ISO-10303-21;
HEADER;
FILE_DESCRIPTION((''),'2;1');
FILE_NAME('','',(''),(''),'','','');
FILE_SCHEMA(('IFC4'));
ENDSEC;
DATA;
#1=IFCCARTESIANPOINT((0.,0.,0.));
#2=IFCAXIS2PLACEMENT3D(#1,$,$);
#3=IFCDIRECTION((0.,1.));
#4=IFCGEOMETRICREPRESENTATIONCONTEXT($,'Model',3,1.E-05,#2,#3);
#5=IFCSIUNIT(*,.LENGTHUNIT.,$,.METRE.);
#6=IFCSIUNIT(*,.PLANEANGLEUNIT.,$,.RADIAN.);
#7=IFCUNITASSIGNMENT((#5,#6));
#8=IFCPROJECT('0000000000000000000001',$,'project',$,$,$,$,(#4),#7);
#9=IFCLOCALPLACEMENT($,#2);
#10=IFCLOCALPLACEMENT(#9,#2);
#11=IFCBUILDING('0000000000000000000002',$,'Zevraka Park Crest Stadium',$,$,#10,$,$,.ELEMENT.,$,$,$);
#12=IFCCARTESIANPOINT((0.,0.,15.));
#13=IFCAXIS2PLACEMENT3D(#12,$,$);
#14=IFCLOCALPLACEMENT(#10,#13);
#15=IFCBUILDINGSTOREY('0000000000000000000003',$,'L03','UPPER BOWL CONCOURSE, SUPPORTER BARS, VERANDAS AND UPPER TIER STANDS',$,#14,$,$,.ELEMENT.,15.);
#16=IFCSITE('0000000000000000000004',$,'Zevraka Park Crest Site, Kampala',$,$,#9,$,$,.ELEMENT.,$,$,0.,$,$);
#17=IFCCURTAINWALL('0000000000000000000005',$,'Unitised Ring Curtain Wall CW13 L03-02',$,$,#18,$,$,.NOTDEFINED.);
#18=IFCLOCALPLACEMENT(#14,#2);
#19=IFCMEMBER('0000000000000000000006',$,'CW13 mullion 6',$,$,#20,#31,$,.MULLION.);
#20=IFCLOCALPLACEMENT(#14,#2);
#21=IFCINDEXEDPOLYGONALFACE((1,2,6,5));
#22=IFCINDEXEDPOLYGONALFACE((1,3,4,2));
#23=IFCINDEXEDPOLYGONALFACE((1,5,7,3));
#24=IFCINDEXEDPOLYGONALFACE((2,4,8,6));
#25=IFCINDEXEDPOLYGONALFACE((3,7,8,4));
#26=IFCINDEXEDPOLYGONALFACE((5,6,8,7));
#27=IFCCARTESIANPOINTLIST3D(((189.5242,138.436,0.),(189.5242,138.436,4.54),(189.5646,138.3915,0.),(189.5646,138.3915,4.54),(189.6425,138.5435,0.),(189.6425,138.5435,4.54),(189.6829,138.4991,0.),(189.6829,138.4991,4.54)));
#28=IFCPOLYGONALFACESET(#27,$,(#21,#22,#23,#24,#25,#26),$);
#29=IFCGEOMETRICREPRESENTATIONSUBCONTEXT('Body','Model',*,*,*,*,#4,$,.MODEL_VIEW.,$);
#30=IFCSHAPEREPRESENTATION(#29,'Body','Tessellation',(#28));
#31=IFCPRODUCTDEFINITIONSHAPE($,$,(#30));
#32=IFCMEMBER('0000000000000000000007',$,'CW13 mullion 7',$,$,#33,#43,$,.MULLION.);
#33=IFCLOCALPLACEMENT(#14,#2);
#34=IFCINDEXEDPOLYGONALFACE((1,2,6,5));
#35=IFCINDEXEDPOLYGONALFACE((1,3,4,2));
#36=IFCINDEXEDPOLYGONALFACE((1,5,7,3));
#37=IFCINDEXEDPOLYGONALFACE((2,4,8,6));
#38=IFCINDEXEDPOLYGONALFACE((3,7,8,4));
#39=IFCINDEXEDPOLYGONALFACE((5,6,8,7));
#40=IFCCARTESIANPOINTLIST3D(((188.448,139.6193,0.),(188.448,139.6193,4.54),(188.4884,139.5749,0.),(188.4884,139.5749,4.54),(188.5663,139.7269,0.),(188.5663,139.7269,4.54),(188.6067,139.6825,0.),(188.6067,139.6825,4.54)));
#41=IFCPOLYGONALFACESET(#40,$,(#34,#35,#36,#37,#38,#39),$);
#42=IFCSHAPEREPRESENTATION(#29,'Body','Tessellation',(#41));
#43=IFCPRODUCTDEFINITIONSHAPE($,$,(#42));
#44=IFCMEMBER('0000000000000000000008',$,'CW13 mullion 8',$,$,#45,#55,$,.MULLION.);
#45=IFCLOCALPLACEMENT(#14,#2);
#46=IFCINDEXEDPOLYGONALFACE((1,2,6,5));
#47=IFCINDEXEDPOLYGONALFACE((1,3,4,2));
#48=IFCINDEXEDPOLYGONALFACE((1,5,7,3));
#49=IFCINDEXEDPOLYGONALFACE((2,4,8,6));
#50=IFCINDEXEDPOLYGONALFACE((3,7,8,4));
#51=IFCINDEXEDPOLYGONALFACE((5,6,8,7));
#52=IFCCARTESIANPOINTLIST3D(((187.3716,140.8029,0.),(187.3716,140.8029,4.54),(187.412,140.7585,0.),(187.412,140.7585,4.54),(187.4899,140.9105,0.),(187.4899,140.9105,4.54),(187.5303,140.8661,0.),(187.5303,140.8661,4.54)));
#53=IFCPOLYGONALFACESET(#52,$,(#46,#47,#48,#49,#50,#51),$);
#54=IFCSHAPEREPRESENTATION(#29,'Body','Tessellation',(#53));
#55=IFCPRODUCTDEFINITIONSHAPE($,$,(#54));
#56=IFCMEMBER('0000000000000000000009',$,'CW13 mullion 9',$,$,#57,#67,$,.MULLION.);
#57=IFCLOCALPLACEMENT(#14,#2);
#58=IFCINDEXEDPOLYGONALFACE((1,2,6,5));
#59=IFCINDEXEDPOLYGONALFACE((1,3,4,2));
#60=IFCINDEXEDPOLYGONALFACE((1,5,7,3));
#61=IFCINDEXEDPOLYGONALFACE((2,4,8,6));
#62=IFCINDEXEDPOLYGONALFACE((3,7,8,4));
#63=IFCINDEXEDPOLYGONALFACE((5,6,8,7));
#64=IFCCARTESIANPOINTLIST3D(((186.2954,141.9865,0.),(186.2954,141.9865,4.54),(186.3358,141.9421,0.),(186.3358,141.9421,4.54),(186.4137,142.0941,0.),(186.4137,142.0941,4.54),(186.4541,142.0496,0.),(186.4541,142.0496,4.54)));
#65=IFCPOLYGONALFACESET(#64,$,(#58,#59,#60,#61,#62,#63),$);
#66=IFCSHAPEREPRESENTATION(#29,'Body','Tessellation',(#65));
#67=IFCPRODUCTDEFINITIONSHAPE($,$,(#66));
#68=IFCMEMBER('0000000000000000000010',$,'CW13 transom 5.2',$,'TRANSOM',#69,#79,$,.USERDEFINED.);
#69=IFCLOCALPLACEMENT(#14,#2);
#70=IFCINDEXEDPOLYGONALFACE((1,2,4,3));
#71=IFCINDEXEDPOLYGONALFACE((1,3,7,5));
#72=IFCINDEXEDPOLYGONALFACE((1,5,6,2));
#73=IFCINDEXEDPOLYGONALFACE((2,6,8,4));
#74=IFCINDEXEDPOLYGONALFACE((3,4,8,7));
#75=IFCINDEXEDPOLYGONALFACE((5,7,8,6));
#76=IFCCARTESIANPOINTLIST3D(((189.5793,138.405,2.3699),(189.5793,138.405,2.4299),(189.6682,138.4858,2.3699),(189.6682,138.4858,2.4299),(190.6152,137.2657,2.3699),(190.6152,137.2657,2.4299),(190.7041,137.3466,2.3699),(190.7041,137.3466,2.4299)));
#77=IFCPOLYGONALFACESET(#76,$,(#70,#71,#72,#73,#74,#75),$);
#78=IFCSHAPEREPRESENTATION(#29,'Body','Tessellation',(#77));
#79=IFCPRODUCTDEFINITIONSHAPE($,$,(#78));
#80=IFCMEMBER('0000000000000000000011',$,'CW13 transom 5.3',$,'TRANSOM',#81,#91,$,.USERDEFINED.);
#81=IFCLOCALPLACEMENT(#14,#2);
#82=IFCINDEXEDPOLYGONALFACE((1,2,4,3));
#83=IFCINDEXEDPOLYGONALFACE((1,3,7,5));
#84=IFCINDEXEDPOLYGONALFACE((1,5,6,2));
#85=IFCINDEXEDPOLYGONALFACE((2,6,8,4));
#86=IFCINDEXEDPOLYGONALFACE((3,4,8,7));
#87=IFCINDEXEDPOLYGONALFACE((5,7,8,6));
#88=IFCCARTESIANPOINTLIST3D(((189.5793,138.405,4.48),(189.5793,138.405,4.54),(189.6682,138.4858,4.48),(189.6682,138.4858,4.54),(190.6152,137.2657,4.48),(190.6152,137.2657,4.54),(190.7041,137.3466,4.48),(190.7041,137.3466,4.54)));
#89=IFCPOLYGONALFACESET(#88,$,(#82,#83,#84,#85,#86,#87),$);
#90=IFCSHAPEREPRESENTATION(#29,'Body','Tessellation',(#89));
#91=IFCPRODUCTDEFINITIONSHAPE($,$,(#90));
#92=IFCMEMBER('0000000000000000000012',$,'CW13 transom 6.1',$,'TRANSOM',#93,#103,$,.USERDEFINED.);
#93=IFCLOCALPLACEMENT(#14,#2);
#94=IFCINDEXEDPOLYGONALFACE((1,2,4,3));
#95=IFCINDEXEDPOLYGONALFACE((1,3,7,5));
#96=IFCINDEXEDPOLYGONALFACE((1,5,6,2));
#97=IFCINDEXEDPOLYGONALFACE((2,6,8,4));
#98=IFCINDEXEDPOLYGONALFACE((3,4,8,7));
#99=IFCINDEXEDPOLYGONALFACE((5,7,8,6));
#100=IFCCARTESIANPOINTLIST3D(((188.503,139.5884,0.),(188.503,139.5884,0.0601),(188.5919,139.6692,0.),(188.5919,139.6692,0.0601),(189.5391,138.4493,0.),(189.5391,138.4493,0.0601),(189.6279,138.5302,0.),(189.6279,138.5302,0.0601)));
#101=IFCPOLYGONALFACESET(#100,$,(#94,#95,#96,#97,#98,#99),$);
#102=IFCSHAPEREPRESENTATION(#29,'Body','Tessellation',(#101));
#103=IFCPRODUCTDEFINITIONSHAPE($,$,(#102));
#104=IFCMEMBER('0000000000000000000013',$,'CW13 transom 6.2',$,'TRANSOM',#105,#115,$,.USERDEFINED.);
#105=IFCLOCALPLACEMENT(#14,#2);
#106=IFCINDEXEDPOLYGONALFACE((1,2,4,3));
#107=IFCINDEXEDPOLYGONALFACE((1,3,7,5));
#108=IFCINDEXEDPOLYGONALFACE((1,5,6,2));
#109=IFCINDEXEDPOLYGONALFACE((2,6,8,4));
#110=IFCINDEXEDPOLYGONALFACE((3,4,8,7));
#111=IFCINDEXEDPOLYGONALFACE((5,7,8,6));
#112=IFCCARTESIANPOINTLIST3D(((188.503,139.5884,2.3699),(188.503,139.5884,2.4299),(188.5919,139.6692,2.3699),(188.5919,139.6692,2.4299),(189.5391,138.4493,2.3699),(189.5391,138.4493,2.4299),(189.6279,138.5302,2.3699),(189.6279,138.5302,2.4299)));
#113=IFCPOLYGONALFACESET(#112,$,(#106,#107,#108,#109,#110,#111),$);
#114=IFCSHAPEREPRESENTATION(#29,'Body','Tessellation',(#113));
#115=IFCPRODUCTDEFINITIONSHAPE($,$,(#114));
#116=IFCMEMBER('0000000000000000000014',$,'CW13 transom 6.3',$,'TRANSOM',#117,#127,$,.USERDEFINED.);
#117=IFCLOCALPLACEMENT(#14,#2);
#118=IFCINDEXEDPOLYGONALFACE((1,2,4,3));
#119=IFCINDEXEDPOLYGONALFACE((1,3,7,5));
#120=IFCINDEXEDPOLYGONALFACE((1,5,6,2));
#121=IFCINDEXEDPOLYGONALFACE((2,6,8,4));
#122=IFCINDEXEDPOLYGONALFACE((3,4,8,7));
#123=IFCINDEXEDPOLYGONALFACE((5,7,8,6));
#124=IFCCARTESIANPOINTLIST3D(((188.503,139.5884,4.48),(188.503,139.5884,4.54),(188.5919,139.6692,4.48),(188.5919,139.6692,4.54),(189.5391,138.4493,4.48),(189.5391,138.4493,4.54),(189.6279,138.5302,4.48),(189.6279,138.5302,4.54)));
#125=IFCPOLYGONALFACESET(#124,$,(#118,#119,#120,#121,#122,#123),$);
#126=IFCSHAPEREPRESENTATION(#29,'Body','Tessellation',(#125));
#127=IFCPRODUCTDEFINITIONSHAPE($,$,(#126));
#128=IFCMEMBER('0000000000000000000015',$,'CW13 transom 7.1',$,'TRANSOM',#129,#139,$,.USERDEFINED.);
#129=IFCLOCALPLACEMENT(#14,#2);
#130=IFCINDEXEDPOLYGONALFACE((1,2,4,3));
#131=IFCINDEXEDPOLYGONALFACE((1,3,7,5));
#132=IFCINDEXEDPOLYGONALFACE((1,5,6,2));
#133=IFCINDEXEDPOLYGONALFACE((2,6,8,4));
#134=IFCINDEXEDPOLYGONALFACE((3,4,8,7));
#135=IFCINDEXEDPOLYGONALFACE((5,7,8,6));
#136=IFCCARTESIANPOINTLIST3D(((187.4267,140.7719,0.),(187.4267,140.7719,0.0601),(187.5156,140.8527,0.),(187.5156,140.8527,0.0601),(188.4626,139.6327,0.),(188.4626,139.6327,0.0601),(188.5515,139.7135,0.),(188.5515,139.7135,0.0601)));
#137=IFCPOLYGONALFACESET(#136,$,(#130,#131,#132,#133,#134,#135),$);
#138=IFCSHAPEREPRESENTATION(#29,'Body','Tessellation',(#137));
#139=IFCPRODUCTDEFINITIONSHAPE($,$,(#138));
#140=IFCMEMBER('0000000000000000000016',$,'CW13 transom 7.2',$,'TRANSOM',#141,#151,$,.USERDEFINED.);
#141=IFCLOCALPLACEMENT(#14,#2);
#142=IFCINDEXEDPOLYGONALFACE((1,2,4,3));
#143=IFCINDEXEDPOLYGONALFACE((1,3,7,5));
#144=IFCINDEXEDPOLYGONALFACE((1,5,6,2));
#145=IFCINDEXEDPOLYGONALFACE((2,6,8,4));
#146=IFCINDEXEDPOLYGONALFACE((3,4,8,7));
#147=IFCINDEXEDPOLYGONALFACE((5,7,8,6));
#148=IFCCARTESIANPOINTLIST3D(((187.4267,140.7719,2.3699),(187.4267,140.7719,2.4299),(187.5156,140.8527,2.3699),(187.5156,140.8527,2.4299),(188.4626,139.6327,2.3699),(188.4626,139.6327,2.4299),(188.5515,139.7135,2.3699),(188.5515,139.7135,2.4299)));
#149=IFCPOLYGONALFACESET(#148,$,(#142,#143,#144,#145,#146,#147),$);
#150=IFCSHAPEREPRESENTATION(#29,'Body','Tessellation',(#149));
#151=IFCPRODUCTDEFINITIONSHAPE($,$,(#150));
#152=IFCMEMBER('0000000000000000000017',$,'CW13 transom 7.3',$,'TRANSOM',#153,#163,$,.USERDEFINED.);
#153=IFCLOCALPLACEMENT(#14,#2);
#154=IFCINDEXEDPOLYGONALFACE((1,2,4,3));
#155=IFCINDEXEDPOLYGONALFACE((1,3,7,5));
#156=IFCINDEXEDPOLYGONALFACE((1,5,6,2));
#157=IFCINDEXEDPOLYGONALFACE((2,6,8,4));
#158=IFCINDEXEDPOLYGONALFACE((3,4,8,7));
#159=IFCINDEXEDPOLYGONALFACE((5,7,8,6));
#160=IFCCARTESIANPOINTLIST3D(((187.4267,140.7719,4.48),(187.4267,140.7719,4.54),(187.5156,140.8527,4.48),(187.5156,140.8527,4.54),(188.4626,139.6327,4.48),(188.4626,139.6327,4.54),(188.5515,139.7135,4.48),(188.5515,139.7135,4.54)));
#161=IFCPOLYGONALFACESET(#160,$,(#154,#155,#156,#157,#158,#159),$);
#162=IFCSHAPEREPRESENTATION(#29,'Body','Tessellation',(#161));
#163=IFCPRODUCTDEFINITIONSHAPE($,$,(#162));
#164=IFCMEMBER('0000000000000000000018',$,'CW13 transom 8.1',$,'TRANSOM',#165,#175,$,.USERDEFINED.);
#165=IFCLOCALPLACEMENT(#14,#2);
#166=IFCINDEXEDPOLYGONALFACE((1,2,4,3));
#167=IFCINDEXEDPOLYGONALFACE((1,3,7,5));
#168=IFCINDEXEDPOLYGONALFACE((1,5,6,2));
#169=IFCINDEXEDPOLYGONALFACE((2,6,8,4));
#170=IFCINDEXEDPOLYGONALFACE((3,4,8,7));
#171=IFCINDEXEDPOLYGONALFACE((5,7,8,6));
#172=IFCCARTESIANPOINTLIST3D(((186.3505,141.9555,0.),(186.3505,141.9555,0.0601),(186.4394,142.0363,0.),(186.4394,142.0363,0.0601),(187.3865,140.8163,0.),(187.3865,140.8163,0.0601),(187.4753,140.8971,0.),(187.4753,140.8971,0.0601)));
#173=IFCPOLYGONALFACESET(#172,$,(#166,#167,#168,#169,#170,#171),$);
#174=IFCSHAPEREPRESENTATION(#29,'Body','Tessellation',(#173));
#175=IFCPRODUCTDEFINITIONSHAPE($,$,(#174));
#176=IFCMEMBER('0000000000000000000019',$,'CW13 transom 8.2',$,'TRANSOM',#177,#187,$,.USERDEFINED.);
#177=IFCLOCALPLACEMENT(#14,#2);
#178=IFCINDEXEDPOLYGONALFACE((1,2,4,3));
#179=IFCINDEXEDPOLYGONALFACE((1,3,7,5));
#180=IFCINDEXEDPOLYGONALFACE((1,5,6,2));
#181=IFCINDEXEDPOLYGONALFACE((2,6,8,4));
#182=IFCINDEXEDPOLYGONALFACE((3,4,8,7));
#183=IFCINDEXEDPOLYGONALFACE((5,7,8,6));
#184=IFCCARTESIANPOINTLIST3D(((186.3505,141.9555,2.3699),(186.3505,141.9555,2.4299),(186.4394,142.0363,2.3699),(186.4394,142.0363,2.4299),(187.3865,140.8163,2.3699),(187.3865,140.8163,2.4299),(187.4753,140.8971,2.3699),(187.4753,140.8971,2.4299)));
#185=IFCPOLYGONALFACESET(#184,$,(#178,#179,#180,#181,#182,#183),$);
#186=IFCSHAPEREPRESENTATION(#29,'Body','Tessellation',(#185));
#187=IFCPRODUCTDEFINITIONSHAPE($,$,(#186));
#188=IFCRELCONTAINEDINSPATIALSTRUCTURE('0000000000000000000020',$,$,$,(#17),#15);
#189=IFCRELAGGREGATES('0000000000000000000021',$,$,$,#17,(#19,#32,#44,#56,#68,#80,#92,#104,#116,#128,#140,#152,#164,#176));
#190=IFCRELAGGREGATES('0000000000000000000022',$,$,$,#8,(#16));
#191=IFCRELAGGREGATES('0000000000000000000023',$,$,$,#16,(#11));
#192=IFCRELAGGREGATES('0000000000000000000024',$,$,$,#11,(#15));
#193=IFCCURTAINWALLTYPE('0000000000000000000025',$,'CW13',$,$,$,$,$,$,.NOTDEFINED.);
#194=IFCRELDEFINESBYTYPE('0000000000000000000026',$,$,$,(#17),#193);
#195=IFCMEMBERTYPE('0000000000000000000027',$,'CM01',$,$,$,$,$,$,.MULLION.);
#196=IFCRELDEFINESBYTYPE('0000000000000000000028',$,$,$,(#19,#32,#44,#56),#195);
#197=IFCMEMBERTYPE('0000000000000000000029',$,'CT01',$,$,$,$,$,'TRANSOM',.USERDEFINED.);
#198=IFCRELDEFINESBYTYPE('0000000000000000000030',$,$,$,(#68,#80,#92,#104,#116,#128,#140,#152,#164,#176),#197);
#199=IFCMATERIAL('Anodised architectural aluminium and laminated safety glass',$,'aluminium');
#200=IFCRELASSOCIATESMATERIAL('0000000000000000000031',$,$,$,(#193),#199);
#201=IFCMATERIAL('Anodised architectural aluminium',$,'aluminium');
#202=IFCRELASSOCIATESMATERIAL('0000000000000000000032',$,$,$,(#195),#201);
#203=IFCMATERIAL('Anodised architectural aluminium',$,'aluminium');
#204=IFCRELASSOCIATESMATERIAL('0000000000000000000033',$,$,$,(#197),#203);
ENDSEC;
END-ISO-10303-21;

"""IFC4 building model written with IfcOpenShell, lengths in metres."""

from ifc_helpers import new_model, si_unit, direction, frame, origin, origin_2d, place, context, subcontext, project, spatial, rectangle, extrude, material, material_profile, profile_set, type_object, element, aggregate, save


model = new_model("IFC4")

# Units and contexts
model_context = context("Model", 3, precision=1e-05, world=origin(), true_north=direction((0.0, 1.0)))
body_context = subcontext(model_context, "Body", "Model", "MODEL_VIEW")
ifc_project = project(units=[si_unit("LENGTHUNIT", "METRE"), si_unit("PLANEANGLEUNIT", "RADIAN")], contexts=[model_context])

# Site, building, storey
site_placement = place(None, origin())
site = spatial("IfcSite", under=ifc_project, at=site_placement, Name="Zevraka Park Crest Site, Kampala", CompositionType="ELEMENT", RefElevation=0.0)
building_placement = place(site_placement, origin())
building = spatial("IfcBuilding", under=site, at=building_placement, Name="Zevraka Park Crest Stadium", CompositionType="ELEMENT")
storey_placement = place(building_placement, frame((0.0, 0.0, 15.0)))
storey = spatial("IfcBuildingStorey", under=building, at=storey_placement, Name="L03", Description="UPPER BOWL CONCOURSE, SUPPORTER BARS, VERANDAS AND UPPER TIER STANDS", CompositionType="ELEMENT", Elevation=15.0)

# Curtain wall, members
ifc_material_1 = material(Name="Anodised architectural aluminium and laminated safety glass", Category="aluminium")
curtain_wall_type = type_object("IfcCurtainWallType", Name="CW13", PredefinedType="NOTDEFINED", material=ifc_material_1)
curtain_wall_placement = place(storey_placement, origin())
curtain_wall = element("IfcCurtainWall", 1, at=curtain_wall_placement, inside=storey, type_object=curtain_wall_type, Name="Unitised Ring Curtain Wall CW13 L03-02", PredefinedType="NOTDEFINED")
ifc_material_2 = material(Name="Anodised architectural aluminium", Category="aluminium")
ifc_material_profile_1 = material_profile(ifc_material_2, rectangle(XDim=0.1599, YDim=0.0601, at=origin_2d()), Name="ALU MULLION 160x60")
ifc_profile_set_1 = profile_set([ifc_material_profile_1], Name="Anodised architectural aluminium")
member_type_1 = type_object("IfcMemberType", Name="CM01", PredefinedType="MULLION", material=ifc_profile_set_1)
member_1_placement = place(storey_placement, frame((189.6035, 138.4675, 0.0), z_axis=(0.0, 0.0, 1.0), x_axis=(-0.739823, -0.672802, 0.0)))
member_1 = element("IfcMember", 2, at=member_1_placement, type_object=member_type_1, Name="CW13 mullion 6", PredefinedType="MULLION", context=body_context, shape_type="SweptSolid", body=[
    extrude(rectangle(XDim=0.1599, YDim=0.0601, at=origin_2d()), origin(), (0.0, 0.0, 1.0), 4.54),
])
member_2_placement = place(storey_placement, frame((188.5273, 139.6509, 0.0), z_axis=(0.0, 0.0, 1.0), x_axis=(-0.739823, -0.672802, 0.0)))
member_2 = element("IfcMember", 3, at=member_2_placement, type_object=member_type_1, Name="CW13 mullion 7", PredefinedType="MULLION", context=body_context, shape_type="SweptSolid", body=[
    extrude(rectangle(XDim=0.1599, YDim=0.0601, at=origin_2d()), origin(), (0.0, 0.0, 1.0), 4.54),
])
member_3_placement = place(storey_placement, frame((187.4509, 140.8345, 0.0), z_axis=(0.0, 0.0, 1.0), x_axis=(-0.739823, -0.672802, 0.0)))
member_3 = element("IfcMember", 4, at=member_3_placement, type_object=member_type_1, Name="CW13 mullion 8", PredefinedType="MULLION", context=body_context, shape_type="SweptSolid", body=[
    extrude(rectangle(XDim=0.1599, YDim=0.0601, at=origin_2d()), origin(), (0.0, 0.0, 1.0), 4.54),
])
member_4_placement = place(storey_placement, frame((186.3748, 142.0181, 0.0), z_axis=(0.0, 0.0, 1.0), x_axis=(-0.739823, -0.672802, 0.0)))
member_4 = element("IfcMember", 5, at=member_4_placement, type_object=member_type_1, Name="CW13 mullion 9", PredefinedType="MULLION", context=body_context, shape_type="SweptSolid", body=[
    extrude(rectangle(XDim=0.1599, YDim=0.0601, at=origin_2d()), origin(), (0.0, 0.0, 1.0), 4.54),
])
ifc_material_3 = material(Name="Anodised architectural aluminium", Category="aluminium")
ifc_material_profile_2 = material_profile(ifc_material_3, rectangle(XDim=0.1201, YDim=0.0601, at=origin_2d()), Name="ALU TRANSOM 120x60")
ifc_profile_set_2 = profile_set([ifc_material_profile_2], Name="Anodised architectural aluminium")
member_type_2 = type_object("IfcMemberType", Name="CT01", ElementType="TRANSOM", PredefinedType="USERDEFINED", material=ifc_profile_set_2)
member_5_placement = place(storey_placement, frame((190.6597, 137.3062, 2.3999), z_axis=(-0.672775, 0.739847, 0.0), x_axis=(-0.739847, -0.672775, 0.0)))
member_5 = element("IfcMember", 6, at=member_5_placement, type_object=member_type_2, Name="CW13 transom 5.2", ObjectType="TRANSOM", PredefinedType="USERDEFINED", context=body_context, shape_type="SweptSolid", body=[
    extrude(rectangle(XDim=0.1201, YDim=0.0601, at=origin_2d()), origin(), (0.0, 0.0, 1.0), 1.5398),
])
member_6_placement = place(storey_placement, frame((190.6597, 137.3062, 4.51), z_axis=(-0.672775, 0.739847, 0.0), x_axis=(-0.739847, -0.672775, 0.0)))
member_6 = element("IfcMember", 7, at=member_6_placement, type_object=member_type_2, Name="CW13 transom 5.3", ObjectType="TRANSOM", PredefinedType="USERDEFINED", context=body_context, shape_type="SweptSolid", body=[
    extrude(rectangle(XDim=0.1201, YDim=0.0601, at=origin_2d()), origin(), (0.0, 0.0, 1.0), 1.5398),
])
member_7_placement = place(storey_placement, frame((189.5835, 138.4897, 0.03), z_axis=(-0.672862, 0.739768, 0.0), x_axis=(-0.739768, -0.672862, 0.0)))
member_7 = element("IfcMember", 8, at=member_7_placement, type_object=member_type_2, Name="CW13 transom 6.1", ObjectType="TRANSOM", PredefinedType="USERDEFINED", context=body_context, shape_type="SweptSolid", body=[
    extrude(rectangle(XDim=0.1201, YDim=0.0601, at=origin_2d()), origin(), (0.0, 0.0, 1.0), 1.5398),
])
member_8_placement = place(storey_placement, frame((189.5835, 138.4897, 2.3999), z_axis=(-0.672862, 0.739768, 0.0), x_axis=(-0.739768, -0.672862, 0.0)))
member_8 = element("IfcMember", 9, at=member_8_placement, type_object=member_type_2, Name="CW13 transom 6.2", ObjectType="TRANSOM", PredefinedType="USERDEFINED", context=body_context, shape_type="SweptSolid", body=[
    extrude(rectangle(XDim=0.1201, YDim=0.0601, at=origin_2d()), origin(), (0.0, 0.0, 1.0), 1.5398),
])
member_9_placement = place(storey_placement, frame((189.5835, 138.4897, 4.51), z_axis=(-0.672862, 0.739768, 0.0), x_axis=(-0.739768, -0.672862, 0.0)))
member_9 = element("IfcMember", 10, at=member_9_placement, type_object=member_type_2, Name="CW13 transom 6.3", ObjectType="TRANSOM", PredefinedType="USERDEFINED", context=body_context, shape_type="SweptSolid", body=[
    extrude(rectangle(XDim=0.1201, YDim=0.0601, at=origin_2d()), origin(), (0.0, 0.0, 1.0), 1.5398),
])
member_10_placement = place(storey_placement, frame((188.5071, 139.6731, 0.03), z_axis=(-0.672775, 0.739847, 0.0), x_axis=(-0.739847, -0.672775, 0.0)))
member_10 = element("IfcMember", 11, at=member_10_placement, type_object=member_type_2, Name="CW13 transom 7.1", ObjectType="TRANSOM", PredefinedType="USERDEFINED", context=body_context, shape_type="SweptSolid", body=[
    extrude(rectangle(XDim=0.1201, YDim=0.0601, at=origin_2d()), origin(), (0.0, 0.0, 1.0), 1.5398),
])
member_11_placement = place(storey_placement, frame((188.5071, 139.6731, 2.3999), z_axis=(-0.672775, 0.739847, 0.0), x_axis=(-0.739847, -0.672775, 0.0)))
member_11 = element("IfcMember", 12, at=member_11_placement, type_object=member_type_2, Name="CW13 transom 7.2", ObjectType="TRANSOM", PredefinedType="USERDEFINED", context=body_context, shape_type="SweptSolid", body=[
    extrude(rectangle(XDim=0.1201, YDim=0.0601, at=origin_2d()), origin(), (0.0, 0.0, 1.0), 1.5398),
])
member_12_placement = place(storey_placement, frame((188.5071, 139.6731, 4.51), z_axis=(-0.672775, 0.739847, 0.0), x_axis=(-0.739847, -0.672775, 0.0)))
member_12 = element("IfcMember", 13, at=member_12_placement, type_object=member_type_2, Name="CW13 transom 7.3", ObjectType="TRANSOM", PredefinedType="USERDEFINED", context=body_context, shape_type="SweptSolid", body=[
    extrude(rectangle(XDim=0.1201, YDim=0.0601, at=origin_2d()), origin(), (0.0, 0.0, 1.0), 1.5398),
])
member_13_placement = place(storey_placement, frame((187.4309, 140.8567, 0.03), z_axis=(-0.672775, 0.739847, 0.0), x_axis=(-0.739847, -0.672775, 0.0)))
member_13 = element("IfcMember", 14, at=member_13_placement, type_object=member_type_2, Name="CW13 transom 8.1", ObjectType="TRANSOM", PredefinedType="USERDEFINED", context=body_context, shape_type="SweptSolid", body=[
    extrude(rectangle(XDim=0.1201, YDim=0.0601, at=origin_2d()), origin(), (0.0, 0.0, 1.0), 1.5398),
])
member_14_placement = place(storey_placement, frame((187.4309, 140.8567, 2.3999), z_axis=(-0.672775, 0.739847, 0.0), x_axis=(-0.739847, -0.672775, 0.0)))
member_14 = element("IfcMember", 15, at=member_14_placement, type_object=member_type_2, Name="CW13 transom 8.2", ObjectType="TRANSOM", PredefinedType="USERDEFINED", context=body_context, shape_type="SweptSolid", body=[
    extrude(rectangle(XDim=0.1201, YDim=0.0601, at=origin_2d()), origin(), (0.0, 0.0, 1.0), 1.5398),
])
aggregate(curtain_wall, [member_1, member_2, member_3, member_4, member_5, member_6, member_7, member_8, member_9, member_10, member_11, member_12, member_13, member_14])

save(model, "model.ifc")
